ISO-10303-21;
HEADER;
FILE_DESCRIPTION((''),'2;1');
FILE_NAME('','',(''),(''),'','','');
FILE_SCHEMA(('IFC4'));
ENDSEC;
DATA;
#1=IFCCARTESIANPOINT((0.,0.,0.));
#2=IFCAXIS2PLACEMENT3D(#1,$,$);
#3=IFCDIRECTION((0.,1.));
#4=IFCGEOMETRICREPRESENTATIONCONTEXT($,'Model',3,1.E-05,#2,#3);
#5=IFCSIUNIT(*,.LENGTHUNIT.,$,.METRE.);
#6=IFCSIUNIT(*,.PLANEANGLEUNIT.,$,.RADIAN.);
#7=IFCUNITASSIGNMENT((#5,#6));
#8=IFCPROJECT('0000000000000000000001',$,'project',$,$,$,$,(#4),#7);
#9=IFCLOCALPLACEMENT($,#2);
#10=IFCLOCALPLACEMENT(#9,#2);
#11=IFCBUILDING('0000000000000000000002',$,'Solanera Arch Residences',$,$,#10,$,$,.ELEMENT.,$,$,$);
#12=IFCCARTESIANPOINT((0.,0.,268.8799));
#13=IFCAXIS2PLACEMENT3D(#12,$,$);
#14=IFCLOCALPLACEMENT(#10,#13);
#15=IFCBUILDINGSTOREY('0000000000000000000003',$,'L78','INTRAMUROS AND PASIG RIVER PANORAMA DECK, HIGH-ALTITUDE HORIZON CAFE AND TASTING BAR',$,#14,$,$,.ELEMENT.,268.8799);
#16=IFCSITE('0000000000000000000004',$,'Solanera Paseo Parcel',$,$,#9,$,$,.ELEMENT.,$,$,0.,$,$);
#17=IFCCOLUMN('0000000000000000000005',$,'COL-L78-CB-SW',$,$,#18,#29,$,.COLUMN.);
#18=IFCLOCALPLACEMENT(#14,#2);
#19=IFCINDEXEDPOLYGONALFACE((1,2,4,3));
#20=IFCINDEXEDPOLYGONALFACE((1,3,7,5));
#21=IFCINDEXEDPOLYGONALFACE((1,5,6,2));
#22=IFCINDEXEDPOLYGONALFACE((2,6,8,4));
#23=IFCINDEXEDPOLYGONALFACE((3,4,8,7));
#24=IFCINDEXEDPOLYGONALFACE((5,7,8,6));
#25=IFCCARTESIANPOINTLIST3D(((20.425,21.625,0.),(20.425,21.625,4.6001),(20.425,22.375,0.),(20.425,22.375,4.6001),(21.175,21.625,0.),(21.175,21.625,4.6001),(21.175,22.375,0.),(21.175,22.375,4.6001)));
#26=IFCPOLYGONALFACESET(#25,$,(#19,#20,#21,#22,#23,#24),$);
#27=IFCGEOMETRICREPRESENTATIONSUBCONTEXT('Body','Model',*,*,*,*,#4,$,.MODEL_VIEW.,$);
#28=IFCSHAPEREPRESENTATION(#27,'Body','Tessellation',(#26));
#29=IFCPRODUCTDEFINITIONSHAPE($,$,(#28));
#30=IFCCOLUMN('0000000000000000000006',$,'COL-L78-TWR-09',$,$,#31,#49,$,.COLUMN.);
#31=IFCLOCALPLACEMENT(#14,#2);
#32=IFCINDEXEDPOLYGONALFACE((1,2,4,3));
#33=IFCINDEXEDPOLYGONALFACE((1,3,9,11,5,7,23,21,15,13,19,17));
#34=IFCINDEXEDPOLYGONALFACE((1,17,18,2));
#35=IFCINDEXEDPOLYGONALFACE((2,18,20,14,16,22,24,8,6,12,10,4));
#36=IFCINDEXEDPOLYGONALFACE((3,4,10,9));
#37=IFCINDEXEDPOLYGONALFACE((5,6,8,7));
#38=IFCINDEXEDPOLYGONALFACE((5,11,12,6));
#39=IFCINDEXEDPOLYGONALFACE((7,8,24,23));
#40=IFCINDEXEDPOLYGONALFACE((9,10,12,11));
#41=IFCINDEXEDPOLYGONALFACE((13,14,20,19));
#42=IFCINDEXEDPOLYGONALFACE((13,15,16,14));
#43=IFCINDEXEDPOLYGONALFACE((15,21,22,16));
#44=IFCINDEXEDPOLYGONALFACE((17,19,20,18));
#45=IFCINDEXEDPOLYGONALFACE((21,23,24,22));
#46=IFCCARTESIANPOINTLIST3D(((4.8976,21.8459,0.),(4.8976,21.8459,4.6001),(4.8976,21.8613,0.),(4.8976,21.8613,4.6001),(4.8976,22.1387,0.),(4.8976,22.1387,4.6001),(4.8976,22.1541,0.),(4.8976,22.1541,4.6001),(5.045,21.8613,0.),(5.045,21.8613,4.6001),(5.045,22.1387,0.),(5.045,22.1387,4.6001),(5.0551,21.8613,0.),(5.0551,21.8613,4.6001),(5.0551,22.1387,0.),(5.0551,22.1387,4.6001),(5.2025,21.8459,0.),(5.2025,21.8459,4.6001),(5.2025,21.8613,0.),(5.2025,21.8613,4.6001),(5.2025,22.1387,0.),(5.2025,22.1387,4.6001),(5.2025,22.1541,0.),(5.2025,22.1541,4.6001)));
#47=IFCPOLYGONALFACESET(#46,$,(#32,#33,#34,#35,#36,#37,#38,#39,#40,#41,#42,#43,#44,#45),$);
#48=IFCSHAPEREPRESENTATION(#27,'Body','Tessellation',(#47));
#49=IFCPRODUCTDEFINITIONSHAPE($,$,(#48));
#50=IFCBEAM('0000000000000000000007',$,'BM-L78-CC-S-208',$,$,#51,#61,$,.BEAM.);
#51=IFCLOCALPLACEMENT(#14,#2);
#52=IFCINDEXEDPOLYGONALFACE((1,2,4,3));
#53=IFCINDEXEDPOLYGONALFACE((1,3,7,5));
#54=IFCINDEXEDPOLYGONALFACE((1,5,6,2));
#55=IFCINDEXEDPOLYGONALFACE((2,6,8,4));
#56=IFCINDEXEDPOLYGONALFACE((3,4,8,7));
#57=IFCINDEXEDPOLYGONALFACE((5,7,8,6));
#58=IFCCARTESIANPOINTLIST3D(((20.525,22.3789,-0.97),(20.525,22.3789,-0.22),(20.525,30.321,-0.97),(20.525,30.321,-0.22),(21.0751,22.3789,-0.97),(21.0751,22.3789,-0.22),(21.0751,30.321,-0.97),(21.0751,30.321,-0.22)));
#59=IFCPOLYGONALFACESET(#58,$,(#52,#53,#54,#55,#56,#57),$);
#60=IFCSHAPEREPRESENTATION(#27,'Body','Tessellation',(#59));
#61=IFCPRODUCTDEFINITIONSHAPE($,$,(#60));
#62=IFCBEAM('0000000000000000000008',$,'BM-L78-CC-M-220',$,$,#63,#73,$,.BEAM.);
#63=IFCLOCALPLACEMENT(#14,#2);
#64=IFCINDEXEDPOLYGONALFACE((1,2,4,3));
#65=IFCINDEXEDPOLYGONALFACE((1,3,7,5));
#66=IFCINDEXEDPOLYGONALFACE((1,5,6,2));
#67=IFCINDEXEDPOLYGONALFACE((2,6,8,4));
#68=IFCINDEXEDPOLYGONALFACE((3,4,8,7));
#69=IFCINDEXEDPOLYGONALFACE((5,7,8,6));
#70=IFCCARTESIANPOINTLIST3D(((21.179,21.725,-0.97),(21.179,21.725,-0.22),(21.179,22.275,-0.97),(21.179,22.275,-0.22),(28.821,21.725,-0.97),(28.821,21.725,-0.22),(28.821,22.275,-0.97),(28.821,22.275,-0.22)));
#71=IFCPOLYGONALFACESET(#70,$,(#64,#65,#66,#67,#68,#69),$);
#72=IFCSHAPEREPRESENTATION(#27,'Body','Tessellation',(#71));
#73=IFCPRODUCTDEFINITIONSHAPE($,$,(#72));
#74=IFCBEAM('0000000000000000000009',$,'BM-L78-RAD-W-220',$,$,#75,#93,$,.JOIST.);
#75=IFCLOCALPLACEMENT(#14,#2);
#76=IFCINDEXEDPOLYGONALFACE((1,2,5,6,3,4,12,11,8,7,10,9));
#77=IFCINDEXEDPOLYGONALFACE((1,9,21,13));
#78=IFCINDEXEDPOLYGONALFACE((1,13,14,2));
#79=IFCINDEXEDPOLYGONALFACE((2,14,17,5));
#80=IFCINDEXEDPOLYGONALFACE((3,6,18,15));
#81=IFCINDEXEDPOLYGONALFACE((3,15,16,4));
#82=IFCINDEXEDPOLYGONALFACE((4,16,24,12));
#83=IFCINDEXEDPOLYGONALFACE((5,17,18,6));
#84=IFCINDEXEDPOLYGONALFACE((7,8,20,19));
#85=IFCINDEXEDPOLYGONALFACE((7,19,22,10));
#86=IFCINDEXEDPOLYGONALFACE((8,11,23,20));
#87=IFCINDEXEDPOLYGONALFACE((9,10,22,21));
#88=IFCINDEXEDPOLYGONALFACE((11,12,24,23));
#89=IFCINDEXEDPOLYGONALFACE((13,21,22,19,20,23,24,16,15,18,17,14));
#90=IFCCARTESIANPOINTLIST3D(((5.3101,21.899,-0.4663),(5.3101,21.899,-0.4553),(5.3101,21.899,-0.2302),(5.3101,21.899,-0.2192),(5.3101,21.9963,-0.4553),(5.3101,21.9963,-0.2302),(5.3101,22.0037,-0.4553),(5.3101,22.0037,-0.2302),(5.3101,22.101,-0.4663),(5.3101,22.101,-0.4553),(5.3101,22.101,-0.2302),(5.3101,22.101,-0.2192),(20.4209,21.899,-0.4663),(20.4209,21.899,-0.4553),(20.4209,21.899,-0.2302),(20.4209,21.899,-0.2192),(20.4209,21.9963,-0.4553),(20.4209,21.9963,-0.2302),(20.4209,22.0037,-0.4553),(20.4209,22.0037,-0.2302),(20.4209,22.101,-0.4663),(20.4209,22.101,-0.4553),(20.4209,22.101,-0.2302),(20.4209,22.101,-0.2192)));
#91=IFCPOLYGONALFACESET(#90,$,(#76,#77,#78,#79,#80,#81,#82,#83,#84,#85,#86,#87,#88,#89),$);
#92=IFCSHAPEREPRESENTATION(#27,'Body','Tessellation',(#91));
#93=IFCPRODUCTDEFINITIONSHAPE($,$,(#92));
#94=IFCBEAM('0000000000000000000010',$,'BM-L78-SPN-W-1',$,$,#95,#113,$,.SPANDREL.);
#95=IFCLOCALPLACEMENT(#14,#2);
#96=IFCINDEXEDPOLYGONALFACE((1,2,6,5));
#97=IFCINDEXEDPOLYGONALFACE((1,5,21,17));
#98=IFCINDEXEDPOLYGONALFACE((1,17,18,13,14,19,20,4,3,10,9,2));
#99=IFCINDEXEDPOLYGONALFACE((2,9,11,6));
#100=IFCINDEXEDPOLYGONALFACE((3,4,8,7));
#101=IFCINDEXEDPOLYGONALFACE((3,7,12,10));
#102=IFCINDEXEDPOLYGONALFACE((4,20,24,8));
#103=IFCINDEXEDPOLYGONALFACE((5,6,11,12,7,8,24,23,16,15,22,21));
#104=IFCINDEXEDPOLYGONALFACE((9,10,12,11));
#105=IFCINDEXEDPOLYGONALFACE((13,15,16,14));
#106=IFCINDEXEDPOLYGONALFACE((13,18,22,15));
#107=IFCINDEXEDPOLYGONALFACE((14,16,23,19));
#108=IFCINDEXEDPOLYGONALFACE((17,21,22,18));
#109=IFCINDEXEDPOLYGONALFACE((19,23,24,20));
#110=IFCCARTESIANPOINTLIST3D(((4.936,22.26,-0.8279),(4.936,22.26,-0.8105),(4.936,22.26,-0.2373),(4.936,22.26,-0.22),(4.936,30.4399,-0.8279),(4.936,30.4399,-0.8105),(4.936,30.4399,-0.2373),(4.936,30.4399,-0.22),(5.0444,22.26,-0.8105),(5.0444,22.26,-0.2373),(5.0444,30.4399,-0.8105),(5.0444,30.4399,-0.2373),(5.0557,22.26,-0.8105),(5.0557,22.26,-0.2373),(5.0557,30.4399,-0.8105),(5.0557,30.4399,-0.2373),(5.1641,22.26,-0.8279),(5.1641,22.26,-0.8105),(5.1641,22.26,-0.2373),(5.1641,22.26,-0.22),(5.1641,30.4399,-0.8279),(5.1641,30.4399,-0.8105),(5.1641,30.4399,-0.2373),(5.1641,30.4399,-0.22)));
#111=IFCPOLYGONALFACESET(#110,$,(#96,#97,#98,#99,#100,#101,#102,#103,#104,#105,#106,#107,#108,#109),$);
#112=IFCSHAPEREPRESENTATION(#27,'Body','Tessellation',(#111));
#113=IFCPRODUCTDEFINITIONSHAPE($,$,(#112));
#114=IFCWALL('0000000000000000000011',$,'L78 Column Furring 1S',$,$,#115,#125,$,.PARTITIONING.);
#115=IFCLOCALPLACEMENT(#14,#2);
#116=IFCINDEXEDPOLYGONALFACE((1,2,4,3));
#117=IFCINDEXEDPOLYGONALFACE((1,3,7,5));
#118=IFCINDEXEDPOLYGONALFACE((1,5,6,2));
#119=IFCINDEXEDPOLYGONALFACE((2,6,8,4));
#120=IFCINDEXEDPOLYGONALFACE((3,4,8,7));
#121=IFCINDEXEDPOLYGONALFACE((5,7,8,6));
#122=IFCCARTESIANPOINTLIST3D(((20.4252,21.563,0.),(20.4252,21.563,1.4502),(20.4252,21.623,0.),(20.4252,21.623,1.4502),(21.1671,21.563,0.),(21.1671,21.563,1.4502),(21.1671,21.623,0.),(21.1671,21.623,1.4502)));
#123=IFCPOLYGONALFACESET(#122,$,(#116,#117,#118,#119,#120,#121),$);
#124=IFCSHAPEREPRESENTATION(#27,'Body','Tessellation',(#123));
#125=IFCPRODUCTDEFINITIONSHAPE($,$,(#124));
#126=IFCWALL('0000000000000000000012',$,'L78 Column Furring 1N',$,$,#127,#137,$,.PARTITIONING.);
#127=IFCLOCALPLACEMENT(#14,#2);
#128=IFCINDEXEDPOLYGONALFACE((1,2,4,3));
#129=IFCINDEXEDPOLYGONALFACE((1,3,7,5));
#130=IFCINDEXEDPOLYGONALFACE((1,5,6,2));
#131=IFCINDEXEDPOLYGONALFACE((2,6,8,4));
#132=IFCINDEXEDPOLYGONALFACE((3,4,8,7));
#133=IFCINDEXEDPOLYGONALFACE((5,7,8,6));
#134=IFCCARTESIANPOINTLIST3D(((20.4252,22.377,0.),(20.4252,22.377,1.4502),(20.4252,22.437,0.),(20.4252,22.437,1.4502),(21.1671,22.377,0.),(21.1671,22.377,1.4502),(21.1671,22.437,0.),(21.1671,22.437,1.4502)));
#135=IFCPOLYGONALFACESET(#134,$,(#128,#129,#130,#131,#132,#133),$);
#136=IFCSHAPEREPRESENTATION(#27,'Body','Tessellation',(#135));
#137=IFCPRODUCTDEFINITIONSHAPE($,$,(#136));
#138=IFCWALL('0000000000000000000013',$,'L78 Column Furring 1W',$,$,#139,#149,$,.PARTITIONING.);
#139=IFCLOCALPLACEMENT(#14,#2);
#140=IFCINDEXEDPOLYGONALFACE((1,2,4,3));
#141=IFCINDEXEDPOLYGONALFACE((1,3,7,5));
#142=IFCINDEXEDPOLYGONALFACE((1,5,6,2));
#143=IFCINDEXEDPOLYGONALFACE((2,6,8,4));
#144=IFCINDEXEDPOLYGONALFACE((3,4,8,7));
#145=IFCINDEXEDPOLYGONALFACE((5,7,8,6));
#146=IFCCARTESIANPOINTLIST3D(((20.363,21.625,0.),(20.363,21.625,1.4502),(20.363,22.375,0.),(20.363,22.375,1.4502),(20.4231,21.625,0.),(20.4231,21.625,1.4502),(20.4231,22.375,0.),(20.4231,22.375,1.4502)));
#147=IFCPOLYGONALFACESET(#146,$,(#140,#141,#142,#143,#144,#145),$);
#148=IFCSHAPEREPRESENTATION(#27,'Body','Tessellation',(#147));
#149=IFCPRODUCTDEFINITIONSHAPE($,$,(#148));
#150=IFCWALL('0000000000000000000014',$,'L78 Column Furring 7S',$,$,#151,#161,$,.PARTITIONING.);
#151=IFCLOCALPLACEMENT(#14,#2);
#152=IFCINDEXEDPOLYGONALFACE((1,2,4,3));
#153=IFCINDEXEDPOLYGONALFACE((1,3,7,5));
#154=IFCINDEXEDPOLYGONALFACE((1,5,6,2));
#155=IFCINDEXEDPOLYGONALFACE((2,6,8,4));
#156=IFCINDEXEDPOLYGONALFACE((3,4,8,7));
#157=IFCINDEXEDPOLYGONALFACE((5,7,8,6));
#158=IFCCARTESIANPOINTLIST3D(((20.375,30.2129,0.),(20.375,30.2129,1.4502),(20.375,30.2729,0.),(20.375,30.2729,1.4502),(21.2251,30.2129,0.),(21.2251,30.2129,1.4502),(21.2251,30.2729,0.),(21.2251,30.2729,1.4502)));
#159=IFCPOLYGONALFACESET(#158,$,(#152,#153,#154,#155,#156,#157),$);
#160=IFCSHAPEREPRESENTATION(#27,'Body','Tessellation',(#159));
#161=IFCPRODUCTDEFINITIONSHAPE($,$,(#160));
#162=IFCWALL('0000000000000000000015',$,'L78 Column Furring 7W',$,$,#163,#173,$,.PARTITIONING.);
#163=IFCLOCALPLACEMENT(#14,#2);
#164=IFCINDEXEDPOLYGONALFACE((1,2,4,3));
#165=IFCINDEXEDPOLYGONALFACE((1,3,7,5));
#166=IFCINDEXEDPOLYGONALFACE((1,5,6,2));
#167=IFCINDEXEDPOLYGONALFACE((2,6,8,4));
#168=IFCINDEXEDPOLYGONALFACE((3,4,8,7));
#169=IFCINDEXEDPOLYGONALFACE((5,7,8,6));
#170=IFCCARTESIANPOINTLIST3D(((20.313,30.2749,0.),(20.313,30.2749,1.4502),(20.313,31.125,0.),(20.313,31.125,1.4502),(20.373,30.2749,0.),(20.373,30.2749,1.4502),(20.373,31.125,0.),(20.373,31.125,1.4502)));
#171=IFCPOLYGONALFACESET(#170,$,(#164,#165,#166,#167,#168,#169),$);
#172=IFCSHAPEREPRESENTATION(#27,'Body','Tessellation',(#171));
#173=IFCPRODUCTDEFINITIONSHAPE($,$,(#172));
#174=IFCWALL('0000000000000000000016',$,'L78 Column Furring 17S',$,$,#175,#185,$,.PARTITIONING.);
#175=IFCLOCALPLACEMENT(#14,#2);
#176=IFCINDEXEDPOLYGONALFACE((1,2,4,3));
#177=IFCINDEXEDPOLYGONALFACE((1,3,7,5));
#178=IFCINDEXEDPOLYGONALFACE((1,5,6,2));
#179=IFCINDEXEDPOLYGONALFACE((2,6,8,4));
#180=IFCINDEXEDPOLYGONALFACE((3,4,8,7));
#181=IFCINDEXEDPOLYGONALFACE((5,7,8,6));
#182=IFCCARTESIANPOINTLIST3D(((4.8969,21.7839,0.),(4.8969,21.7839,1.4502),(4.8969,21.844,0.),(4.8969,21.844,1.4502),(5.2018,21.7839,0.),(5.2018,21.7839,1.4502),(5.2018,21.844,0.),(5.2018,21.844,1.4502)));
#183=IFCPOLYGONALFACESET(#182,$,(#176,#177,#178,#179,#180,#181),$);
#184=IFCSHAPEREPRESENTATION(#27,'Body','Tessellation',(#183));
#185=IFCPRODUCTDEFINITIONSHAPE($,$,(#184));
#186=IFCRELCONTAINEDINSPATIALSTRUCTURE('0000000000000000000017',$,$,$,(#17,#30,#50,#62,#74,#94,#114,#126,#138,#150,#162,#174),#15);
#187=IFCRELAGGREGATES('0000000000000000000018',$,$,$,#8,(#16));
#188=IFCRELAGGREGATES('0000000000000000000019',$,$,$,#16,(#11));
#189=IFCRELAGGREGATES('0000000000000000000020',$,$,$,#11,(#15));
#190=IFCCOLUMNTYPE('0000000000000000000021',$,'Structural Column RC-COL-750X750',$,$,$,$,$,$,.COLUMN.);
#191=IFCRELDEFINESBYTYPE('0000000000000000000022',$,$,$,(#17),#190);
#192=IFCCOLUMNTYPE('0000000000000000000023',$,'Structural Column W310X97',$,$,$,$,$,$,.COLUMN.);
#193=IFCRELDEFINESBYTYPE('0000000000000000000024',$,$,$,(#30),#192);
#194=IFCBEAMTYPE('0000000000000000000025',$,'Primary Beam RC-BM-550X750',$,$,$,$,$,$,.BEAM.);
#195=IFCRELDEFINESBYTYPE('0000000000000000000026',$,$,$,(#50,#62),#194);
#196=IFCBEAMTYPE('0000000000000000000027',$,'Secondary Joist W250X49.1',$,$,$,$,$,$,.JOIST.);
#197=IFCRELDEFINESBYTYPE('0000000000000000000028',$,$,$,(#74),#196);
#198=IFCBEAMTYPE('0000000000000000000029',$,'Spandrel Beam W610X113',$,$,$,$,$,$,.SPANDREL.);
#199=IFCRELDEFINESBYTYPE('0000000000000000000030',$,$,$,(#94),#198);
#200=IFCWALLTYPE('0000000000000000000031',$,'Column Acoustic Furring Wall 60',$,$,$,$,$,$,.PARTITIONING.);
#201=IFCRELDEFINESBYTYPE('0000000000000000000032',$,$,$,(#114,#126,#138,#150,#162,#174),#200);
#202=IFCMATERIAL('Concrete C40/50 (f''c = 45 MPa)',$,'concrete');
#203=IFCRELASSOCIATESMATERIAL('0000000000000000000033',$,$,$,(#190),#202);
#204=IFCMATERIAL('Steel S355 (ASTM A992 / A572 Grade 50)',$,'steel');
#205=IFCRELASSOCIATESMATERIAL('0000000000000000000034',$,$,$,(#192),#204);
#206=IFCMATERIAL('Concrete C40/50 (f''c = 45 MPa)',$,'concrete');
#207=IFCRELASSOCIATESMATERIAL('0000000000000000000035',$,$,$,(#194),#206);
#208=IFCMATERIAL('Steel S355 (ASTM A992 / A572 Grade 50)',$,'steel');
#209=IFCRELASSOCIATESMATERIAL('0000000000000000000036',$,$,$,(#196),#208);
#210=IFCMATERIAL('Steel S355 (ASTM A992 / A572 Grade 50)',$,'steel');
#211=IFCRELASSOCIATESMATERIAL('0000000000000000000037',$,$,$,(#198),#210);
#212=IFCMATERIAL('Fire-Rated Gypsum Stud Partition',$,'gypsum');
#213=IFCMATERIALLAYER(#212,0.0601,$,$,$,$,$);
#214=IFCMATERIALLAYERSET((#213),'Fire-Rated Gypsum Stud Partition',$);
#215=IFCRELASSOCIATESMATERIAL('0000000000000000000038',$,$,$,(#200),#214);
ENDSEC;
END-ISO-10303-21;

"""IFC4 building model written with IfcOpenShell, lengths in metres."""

from ifc_helpers import new_model, si_unit, direction, frame, frame_2d, origin, origin_2d, place, context, subcontext, project, spatial, rectangle, i_section, extrude, material, layer, layer_set, material_profile, profile_set, type_object, element, save


model = new_model("IFC4")

# Units and contexts
model_context = context("Model", 3, precision=1e-05, world=origin(), true_north=direction((0.0, 1.0)))
body_context = subcontext(model_context, "Body", "Model", "MODEL_VIEW")
ifc_project = project(units=[si_unit("LENGTHUNIT", "METRE"), si_unit("PLANEANGLEUNIT", "RADIAN")], contexts=[model_context])

# Site, building, storey
site_placement = place(None, origin())
site = spatial("IfcSite", under=ifc_project, at=site_placement, Name="Solanera Paseo Parcel", CompositionType="ELEMENT", RefElevation=0.0)
building_placement = place(site_placement, origin())
building = spatial("IfcBuilding", under=site, at=building_placement, Name="Solanera Arch Residences", CompositionType="ELEMENT")
storey_placement = place(building_placement, frame((0.0, 0.0, 268.8799)))
storey = spatial("IfcBuildingStorey", under=building, at=storey_placement, Name="L78", Description="INTRAMUROS AND PASIG RIVER PANORAMA DECK, HIGH-ALTITUDE HORIZON CAFE AND TASTING BAR", CompositionType="ELEMENT", Elevation=268.8799)

# Columns
ifc_material_1 = material(Name="Concrete C40/50 (f'c = 45 MPa)", Category="concrete")
ifc_material_profile_1 = material_profile(ifc_material_1, rectangle(XDim=0.75, YDim=0.75, at=origin_2d()))
ifc_profile_set_1 = profile_set([ifc_material_profile_1], Name="Concrete C40/50 (f'c = 45 MPa)")
column_type_1 = type_object("IfcColumnType", Name="Structural Column RC-COL-750X750", PredefinedType="COLUMN", material=ifc_profile_set_1)
column_1_placement = place(storey_placement, frame((20.8, 22.0, 0.0), z_axis=(0.0, 0.0, 1.0), x_axis=(1.0, 0.0, 0.0)))
element("IfcColumn", 1, at=column_1_placement, inside=storey, type_object=column_type_1, Name="COL-L78-CB-SW", PredefinedType="COLUMN", context=body_context, shape_type="SweptSolid", body=[
    extrude(rectangle(XDim=0.75, YDim=0.75, at=origin_2d()), origin(), (0.0, 0.0, 1.0), 4.6001),
])
ifc_material_2 = material(Name="Steel S355 (ASTM A992 / A572 Grade 50)", Category="steel")
ifc_material_profile_2 = material_profile(ifc_material_2, i_section(OverallWidth=0.3049, OverallDepth=0.3081, WebThickness=0.01, FlangeThickness=0.0154, at=origin_2d()))
ifc_profile_set_2 = profile_set([ifc_material_profile_2], Name="Steel S355 (ASTM A992 / A572 Grade 50)")
column_type_2 = type_object("IfcColumnType", Name="Structural Column W310X97", PredefinedType="COLUMN", material=ifc_profile_set_2)
column_2_placement = place(storey_placement, frame((5.05, 22.0, 0.0), z_axis=(0.0, 0.0, 1.0), x_axis=(1.0, 0.0, 0.0)))
element("IfcColumn", 2, at=column_2_placement, inside=storey, type_object=column_type_2, Name="COL-L78-TWR-09", PredefinedType="COLUMN", context=body_context, shape_type="SweptSolid", body=[
    extrude(i_section(OverallWidth=0.3049, OverallDepth=0.3081, WebThickness=0.01, FlangeThickness=0.0154, at=origin_2d()), origin(), (0.0, 0.0, 1.0), 4.6001),
])

# Beams
ifc_material_3 = material(Name="Concrete C40/50 (f'c = 45 MPa)", Category="concrete")
ifc_material_profile_3 = material_profile(ifc_material_3, rectangle(XDim=0.55, YDim=0.75, at=origin_2d()))
ifc_profile_set_3 = profile_set([ifc_material_profile_3], Name="Concrete C40/50 (f'c = 45 MPa)")
beam_type_1 = type_object("IfcBeamType", Name="Primary Beam RC-BM-550X750", PredefinedType="BEAM", material=ifc_profile_set_3)
beam_1_placement = place(storey_placement, frame((20.8, 22.3789, -0.595), z_axis=(0.0, 1.0, 0.0), x_axis=(-1.0, 0.0, 0.0)))
element("IfcBeam", 3, at=beam_1_placement, inside=storey, type_object=beam_type_1, Name="BM-L78-CC-S-208", PredefinedType="BEAM", context=body_context, shape_type="SweptSolid", body=[
    extrude(rectangle(XDim=0.55, YDim=0.75, at=origin_2d()), origin(), (0.0, 0.0, 1.0), 7.9421),
])
beam_2_placement = place(storey_placement, frame((21.179, 22.0, -0.595), z_axis=(1.0, 0.0, 0.0), x_axis=(0.0, 1.0, 0.0)))
element("IfcBeam", 4, at=beam_2_placement, inside=storey, type_object=beam_type_1, Name="BM-L78-CC-M-220", PredefinedType="BEAM", context=body_context, shape_type="SweptSolid", body=[
    extrude(rectangle(XDim=0.55, YDim=0.75, at=origin_2d()), origin(), (0.0, 0.0, 1.0), 7.6421),
])
ifc_material_4 = material(Name="Steel S355 (ASTM A992 / A572 Grade 50)", Category="steel")
ifc_material_profile_4 = material_profile(ifc_material_4, i_section(OverallWidth=0.2019, OverallDepth=0.2471, WebThickness=0.0073, FlangeThickness=0.011, at=origin_2d()))
ifc_profile_set_4 = profile_set([ifc_material_profile_4], Name="Steel S355 (ASTM A992 / A572 Grade 50)")
beam_type_2 = type_object("IfcBeamType", Name="Secondary Joist W250X49.1", PredefinedType="JOIST", material=ifc_profile_set_4)
beam_3_placement = place(storey_placement, frame((5.3101, 22.0, -0.3428), z_axis=(1.0, 0.0, 0.0), x_axis=(0.0, 1.0, 0.0)))
element("IfcBeam", 5, at=beam_3_placement, inside=storey, type_object=beam_type_2, Name="BM-L78-RAD-W-220", PredefinedType="JOIST", context=body_context, shape_type="SweptSolid", body=[
    extrude(i_section(OverallWidth=0.2019, OverallDepth=0.2471, WebThickness=0.0073, FlangeThickness=0.011, at=origin_2d()), origin(), (0.0, 0.0, 1.0), 15.1108),
])
ifc_material_5 = material(Name="Steel S355 (ASTM A992 / A572 Grade 50)", Category="steel")
ifc_material_profile_5 = material_profile(ifc_material_5, i_section(OverallWidth=0.228, OverallDepth=0.6079, WebThickness=0.0112, FlangeThickness=0.0173, at=origin_2d()))
ifc_profile_set_5 = profile_set([ifc_material_profile_5], Name="Steel S355 (ASTM A992 / A572 Grade 50)")
beam_type_3 = type_object("IfcBeamType", Name="Spandrel Beam W610X113", PredefinedType="SPANDREL", material=ifc_profile_set_5)
beam_4_placement = place(storey_placement, frame((5.05, 22.26, -0.5239), z_axis=(0.0, 1.0, 0.0), x_axis=(-1.0, 0.0, 0.0)))
element("IfcBeam", 6, at=beam_4_placement, inside=storey, type_object=beam_type_3, Name="BM-L78-SPN-W-1", PredefinedType="SPANDREL", context=body_context, shape_type="SweptSolid", body=[
    extrude(i_section(OverallWidth=0.228, OverallDepth=0.6079, WebThickness=0.0112, FlangeThickness=0.0173, at=origin_2d()), origin(), (0.0, 0.0, 1.0), 8.1799),
])

# Walls
ifc_material_6 = material(Name="Fire-Rated Gypsum Stud Partition", Category="gypsum")
ifc_layer_1 = layer(ifc_material_6, 0.0601)
ifc_layer_set_1 = layer_set([ifc_layer_1], Name="Fire-Rated Gypsum Stud Partition")
wall_type_1 = type_object("IfcWallType", Name="Column Acoustic Furring Wall 60", PredefinedType="PARTITIONING", material=ifc_layer_set_1)
for number, where, z_axis, x_axis, name in (
    (7, (20.425, 21.593, 0.0), (0.0, 0.0, 1.0), (1.0, 0.0, 0.0), "L78 Column Furring 1S"),
    (8, (20.425, 22.407, 0.0), (0.0, 0.0, 1.0), (1.0, 0.0, 0.0), "L78 Column Furring 1N"),
):
    element("IfcWall", number, at=place(storey_placement, frame(where, z_axis=z_axis, x_axis=x_axis)), inside=storey, type_object=wall_type_1, Name=name, PredefinedType="PARTITIONING", context=body_context, shape_type="SweptSolid", body=[
        extrude(rectangle(XDim=0.7419, YDim=0.0601, at=frame_2d((0.3711, 0.0))), origin(), (0.0, 0.0, 1.0), 1.4502),
    ])
wall_1_placement = place(storey_placement, frame((20.3931, 21.625, 0.0), z_axis=(0.0, 0.0, 1.0), x_axis=(0.0, 1.0, 0.0)))
element("IfcWall", 9, at=wall_1_placement, inside=storey, type_object=wall_type_1, Name="L78 Column Furring 1W", PredefinedType="PARTITIONING", context=body_context, shape_type="SweptSolid", body=[
    extrude(rectangle(XDim=0.75, YDim=0.0601, at=frame_2d((0.375, 0.0))), origin(), (0.0, 0.0, 1.0), 1.4502),
])
for number, where, z_axis, x_axis, name in (
    (10, (20.375, 30.2429, 0.0), (0.0, 0.0, 1.0), (1.0, 0.0, 0.0), "L78 Column Furring 7S"),
    (11, (20.343, 30.2749, 0.0), (0.0, 0.0, 1.0), (0.0, 1.0, 0.0), "L78 Column Furring 7W"),
):
    element("IfcWall", number, at=place(storey_placement, frame(where, z_axis=z_axis, x_axis=x_axis)), inside=storey, type_object=wall_type_1, Name=name, PredefinedType="PARTITIONING", context=body_context, shape_type="SweptSolid", body=[
        extrude(rectangle(XDim=0.8501, YDim=0.0601, at=frame_2d((0.425, 0.0))), origin(), (0.0, 0.0, 1.0), 1.4502),
    ])
for number, where, z_axis, x_axis, name in (
    (12, (4.897, 21.814, 0.0), (0.0, 0.0, 1.0), (1.0, 0.0, 0.0), "L78 Column Furring 17S"),
):
    element("IfcWall", number, at=place(storey_placement, frame(where, z_axis=z_axis, x_axis=x_axis)), inside=storey, type_object=wall_type_1, Name=name, PredefinedType="PARTITIONING", context=body_context, shape_type="SweptSolid", body=[
        extrude(rectangle(XDim=0.3049, YDim=0.0601, at=frame_2d((0.1523, 0.0))), origin(), (0.0, 0.0, 1.0), 1.4502),
    ])

save(model, "model.ifc")
